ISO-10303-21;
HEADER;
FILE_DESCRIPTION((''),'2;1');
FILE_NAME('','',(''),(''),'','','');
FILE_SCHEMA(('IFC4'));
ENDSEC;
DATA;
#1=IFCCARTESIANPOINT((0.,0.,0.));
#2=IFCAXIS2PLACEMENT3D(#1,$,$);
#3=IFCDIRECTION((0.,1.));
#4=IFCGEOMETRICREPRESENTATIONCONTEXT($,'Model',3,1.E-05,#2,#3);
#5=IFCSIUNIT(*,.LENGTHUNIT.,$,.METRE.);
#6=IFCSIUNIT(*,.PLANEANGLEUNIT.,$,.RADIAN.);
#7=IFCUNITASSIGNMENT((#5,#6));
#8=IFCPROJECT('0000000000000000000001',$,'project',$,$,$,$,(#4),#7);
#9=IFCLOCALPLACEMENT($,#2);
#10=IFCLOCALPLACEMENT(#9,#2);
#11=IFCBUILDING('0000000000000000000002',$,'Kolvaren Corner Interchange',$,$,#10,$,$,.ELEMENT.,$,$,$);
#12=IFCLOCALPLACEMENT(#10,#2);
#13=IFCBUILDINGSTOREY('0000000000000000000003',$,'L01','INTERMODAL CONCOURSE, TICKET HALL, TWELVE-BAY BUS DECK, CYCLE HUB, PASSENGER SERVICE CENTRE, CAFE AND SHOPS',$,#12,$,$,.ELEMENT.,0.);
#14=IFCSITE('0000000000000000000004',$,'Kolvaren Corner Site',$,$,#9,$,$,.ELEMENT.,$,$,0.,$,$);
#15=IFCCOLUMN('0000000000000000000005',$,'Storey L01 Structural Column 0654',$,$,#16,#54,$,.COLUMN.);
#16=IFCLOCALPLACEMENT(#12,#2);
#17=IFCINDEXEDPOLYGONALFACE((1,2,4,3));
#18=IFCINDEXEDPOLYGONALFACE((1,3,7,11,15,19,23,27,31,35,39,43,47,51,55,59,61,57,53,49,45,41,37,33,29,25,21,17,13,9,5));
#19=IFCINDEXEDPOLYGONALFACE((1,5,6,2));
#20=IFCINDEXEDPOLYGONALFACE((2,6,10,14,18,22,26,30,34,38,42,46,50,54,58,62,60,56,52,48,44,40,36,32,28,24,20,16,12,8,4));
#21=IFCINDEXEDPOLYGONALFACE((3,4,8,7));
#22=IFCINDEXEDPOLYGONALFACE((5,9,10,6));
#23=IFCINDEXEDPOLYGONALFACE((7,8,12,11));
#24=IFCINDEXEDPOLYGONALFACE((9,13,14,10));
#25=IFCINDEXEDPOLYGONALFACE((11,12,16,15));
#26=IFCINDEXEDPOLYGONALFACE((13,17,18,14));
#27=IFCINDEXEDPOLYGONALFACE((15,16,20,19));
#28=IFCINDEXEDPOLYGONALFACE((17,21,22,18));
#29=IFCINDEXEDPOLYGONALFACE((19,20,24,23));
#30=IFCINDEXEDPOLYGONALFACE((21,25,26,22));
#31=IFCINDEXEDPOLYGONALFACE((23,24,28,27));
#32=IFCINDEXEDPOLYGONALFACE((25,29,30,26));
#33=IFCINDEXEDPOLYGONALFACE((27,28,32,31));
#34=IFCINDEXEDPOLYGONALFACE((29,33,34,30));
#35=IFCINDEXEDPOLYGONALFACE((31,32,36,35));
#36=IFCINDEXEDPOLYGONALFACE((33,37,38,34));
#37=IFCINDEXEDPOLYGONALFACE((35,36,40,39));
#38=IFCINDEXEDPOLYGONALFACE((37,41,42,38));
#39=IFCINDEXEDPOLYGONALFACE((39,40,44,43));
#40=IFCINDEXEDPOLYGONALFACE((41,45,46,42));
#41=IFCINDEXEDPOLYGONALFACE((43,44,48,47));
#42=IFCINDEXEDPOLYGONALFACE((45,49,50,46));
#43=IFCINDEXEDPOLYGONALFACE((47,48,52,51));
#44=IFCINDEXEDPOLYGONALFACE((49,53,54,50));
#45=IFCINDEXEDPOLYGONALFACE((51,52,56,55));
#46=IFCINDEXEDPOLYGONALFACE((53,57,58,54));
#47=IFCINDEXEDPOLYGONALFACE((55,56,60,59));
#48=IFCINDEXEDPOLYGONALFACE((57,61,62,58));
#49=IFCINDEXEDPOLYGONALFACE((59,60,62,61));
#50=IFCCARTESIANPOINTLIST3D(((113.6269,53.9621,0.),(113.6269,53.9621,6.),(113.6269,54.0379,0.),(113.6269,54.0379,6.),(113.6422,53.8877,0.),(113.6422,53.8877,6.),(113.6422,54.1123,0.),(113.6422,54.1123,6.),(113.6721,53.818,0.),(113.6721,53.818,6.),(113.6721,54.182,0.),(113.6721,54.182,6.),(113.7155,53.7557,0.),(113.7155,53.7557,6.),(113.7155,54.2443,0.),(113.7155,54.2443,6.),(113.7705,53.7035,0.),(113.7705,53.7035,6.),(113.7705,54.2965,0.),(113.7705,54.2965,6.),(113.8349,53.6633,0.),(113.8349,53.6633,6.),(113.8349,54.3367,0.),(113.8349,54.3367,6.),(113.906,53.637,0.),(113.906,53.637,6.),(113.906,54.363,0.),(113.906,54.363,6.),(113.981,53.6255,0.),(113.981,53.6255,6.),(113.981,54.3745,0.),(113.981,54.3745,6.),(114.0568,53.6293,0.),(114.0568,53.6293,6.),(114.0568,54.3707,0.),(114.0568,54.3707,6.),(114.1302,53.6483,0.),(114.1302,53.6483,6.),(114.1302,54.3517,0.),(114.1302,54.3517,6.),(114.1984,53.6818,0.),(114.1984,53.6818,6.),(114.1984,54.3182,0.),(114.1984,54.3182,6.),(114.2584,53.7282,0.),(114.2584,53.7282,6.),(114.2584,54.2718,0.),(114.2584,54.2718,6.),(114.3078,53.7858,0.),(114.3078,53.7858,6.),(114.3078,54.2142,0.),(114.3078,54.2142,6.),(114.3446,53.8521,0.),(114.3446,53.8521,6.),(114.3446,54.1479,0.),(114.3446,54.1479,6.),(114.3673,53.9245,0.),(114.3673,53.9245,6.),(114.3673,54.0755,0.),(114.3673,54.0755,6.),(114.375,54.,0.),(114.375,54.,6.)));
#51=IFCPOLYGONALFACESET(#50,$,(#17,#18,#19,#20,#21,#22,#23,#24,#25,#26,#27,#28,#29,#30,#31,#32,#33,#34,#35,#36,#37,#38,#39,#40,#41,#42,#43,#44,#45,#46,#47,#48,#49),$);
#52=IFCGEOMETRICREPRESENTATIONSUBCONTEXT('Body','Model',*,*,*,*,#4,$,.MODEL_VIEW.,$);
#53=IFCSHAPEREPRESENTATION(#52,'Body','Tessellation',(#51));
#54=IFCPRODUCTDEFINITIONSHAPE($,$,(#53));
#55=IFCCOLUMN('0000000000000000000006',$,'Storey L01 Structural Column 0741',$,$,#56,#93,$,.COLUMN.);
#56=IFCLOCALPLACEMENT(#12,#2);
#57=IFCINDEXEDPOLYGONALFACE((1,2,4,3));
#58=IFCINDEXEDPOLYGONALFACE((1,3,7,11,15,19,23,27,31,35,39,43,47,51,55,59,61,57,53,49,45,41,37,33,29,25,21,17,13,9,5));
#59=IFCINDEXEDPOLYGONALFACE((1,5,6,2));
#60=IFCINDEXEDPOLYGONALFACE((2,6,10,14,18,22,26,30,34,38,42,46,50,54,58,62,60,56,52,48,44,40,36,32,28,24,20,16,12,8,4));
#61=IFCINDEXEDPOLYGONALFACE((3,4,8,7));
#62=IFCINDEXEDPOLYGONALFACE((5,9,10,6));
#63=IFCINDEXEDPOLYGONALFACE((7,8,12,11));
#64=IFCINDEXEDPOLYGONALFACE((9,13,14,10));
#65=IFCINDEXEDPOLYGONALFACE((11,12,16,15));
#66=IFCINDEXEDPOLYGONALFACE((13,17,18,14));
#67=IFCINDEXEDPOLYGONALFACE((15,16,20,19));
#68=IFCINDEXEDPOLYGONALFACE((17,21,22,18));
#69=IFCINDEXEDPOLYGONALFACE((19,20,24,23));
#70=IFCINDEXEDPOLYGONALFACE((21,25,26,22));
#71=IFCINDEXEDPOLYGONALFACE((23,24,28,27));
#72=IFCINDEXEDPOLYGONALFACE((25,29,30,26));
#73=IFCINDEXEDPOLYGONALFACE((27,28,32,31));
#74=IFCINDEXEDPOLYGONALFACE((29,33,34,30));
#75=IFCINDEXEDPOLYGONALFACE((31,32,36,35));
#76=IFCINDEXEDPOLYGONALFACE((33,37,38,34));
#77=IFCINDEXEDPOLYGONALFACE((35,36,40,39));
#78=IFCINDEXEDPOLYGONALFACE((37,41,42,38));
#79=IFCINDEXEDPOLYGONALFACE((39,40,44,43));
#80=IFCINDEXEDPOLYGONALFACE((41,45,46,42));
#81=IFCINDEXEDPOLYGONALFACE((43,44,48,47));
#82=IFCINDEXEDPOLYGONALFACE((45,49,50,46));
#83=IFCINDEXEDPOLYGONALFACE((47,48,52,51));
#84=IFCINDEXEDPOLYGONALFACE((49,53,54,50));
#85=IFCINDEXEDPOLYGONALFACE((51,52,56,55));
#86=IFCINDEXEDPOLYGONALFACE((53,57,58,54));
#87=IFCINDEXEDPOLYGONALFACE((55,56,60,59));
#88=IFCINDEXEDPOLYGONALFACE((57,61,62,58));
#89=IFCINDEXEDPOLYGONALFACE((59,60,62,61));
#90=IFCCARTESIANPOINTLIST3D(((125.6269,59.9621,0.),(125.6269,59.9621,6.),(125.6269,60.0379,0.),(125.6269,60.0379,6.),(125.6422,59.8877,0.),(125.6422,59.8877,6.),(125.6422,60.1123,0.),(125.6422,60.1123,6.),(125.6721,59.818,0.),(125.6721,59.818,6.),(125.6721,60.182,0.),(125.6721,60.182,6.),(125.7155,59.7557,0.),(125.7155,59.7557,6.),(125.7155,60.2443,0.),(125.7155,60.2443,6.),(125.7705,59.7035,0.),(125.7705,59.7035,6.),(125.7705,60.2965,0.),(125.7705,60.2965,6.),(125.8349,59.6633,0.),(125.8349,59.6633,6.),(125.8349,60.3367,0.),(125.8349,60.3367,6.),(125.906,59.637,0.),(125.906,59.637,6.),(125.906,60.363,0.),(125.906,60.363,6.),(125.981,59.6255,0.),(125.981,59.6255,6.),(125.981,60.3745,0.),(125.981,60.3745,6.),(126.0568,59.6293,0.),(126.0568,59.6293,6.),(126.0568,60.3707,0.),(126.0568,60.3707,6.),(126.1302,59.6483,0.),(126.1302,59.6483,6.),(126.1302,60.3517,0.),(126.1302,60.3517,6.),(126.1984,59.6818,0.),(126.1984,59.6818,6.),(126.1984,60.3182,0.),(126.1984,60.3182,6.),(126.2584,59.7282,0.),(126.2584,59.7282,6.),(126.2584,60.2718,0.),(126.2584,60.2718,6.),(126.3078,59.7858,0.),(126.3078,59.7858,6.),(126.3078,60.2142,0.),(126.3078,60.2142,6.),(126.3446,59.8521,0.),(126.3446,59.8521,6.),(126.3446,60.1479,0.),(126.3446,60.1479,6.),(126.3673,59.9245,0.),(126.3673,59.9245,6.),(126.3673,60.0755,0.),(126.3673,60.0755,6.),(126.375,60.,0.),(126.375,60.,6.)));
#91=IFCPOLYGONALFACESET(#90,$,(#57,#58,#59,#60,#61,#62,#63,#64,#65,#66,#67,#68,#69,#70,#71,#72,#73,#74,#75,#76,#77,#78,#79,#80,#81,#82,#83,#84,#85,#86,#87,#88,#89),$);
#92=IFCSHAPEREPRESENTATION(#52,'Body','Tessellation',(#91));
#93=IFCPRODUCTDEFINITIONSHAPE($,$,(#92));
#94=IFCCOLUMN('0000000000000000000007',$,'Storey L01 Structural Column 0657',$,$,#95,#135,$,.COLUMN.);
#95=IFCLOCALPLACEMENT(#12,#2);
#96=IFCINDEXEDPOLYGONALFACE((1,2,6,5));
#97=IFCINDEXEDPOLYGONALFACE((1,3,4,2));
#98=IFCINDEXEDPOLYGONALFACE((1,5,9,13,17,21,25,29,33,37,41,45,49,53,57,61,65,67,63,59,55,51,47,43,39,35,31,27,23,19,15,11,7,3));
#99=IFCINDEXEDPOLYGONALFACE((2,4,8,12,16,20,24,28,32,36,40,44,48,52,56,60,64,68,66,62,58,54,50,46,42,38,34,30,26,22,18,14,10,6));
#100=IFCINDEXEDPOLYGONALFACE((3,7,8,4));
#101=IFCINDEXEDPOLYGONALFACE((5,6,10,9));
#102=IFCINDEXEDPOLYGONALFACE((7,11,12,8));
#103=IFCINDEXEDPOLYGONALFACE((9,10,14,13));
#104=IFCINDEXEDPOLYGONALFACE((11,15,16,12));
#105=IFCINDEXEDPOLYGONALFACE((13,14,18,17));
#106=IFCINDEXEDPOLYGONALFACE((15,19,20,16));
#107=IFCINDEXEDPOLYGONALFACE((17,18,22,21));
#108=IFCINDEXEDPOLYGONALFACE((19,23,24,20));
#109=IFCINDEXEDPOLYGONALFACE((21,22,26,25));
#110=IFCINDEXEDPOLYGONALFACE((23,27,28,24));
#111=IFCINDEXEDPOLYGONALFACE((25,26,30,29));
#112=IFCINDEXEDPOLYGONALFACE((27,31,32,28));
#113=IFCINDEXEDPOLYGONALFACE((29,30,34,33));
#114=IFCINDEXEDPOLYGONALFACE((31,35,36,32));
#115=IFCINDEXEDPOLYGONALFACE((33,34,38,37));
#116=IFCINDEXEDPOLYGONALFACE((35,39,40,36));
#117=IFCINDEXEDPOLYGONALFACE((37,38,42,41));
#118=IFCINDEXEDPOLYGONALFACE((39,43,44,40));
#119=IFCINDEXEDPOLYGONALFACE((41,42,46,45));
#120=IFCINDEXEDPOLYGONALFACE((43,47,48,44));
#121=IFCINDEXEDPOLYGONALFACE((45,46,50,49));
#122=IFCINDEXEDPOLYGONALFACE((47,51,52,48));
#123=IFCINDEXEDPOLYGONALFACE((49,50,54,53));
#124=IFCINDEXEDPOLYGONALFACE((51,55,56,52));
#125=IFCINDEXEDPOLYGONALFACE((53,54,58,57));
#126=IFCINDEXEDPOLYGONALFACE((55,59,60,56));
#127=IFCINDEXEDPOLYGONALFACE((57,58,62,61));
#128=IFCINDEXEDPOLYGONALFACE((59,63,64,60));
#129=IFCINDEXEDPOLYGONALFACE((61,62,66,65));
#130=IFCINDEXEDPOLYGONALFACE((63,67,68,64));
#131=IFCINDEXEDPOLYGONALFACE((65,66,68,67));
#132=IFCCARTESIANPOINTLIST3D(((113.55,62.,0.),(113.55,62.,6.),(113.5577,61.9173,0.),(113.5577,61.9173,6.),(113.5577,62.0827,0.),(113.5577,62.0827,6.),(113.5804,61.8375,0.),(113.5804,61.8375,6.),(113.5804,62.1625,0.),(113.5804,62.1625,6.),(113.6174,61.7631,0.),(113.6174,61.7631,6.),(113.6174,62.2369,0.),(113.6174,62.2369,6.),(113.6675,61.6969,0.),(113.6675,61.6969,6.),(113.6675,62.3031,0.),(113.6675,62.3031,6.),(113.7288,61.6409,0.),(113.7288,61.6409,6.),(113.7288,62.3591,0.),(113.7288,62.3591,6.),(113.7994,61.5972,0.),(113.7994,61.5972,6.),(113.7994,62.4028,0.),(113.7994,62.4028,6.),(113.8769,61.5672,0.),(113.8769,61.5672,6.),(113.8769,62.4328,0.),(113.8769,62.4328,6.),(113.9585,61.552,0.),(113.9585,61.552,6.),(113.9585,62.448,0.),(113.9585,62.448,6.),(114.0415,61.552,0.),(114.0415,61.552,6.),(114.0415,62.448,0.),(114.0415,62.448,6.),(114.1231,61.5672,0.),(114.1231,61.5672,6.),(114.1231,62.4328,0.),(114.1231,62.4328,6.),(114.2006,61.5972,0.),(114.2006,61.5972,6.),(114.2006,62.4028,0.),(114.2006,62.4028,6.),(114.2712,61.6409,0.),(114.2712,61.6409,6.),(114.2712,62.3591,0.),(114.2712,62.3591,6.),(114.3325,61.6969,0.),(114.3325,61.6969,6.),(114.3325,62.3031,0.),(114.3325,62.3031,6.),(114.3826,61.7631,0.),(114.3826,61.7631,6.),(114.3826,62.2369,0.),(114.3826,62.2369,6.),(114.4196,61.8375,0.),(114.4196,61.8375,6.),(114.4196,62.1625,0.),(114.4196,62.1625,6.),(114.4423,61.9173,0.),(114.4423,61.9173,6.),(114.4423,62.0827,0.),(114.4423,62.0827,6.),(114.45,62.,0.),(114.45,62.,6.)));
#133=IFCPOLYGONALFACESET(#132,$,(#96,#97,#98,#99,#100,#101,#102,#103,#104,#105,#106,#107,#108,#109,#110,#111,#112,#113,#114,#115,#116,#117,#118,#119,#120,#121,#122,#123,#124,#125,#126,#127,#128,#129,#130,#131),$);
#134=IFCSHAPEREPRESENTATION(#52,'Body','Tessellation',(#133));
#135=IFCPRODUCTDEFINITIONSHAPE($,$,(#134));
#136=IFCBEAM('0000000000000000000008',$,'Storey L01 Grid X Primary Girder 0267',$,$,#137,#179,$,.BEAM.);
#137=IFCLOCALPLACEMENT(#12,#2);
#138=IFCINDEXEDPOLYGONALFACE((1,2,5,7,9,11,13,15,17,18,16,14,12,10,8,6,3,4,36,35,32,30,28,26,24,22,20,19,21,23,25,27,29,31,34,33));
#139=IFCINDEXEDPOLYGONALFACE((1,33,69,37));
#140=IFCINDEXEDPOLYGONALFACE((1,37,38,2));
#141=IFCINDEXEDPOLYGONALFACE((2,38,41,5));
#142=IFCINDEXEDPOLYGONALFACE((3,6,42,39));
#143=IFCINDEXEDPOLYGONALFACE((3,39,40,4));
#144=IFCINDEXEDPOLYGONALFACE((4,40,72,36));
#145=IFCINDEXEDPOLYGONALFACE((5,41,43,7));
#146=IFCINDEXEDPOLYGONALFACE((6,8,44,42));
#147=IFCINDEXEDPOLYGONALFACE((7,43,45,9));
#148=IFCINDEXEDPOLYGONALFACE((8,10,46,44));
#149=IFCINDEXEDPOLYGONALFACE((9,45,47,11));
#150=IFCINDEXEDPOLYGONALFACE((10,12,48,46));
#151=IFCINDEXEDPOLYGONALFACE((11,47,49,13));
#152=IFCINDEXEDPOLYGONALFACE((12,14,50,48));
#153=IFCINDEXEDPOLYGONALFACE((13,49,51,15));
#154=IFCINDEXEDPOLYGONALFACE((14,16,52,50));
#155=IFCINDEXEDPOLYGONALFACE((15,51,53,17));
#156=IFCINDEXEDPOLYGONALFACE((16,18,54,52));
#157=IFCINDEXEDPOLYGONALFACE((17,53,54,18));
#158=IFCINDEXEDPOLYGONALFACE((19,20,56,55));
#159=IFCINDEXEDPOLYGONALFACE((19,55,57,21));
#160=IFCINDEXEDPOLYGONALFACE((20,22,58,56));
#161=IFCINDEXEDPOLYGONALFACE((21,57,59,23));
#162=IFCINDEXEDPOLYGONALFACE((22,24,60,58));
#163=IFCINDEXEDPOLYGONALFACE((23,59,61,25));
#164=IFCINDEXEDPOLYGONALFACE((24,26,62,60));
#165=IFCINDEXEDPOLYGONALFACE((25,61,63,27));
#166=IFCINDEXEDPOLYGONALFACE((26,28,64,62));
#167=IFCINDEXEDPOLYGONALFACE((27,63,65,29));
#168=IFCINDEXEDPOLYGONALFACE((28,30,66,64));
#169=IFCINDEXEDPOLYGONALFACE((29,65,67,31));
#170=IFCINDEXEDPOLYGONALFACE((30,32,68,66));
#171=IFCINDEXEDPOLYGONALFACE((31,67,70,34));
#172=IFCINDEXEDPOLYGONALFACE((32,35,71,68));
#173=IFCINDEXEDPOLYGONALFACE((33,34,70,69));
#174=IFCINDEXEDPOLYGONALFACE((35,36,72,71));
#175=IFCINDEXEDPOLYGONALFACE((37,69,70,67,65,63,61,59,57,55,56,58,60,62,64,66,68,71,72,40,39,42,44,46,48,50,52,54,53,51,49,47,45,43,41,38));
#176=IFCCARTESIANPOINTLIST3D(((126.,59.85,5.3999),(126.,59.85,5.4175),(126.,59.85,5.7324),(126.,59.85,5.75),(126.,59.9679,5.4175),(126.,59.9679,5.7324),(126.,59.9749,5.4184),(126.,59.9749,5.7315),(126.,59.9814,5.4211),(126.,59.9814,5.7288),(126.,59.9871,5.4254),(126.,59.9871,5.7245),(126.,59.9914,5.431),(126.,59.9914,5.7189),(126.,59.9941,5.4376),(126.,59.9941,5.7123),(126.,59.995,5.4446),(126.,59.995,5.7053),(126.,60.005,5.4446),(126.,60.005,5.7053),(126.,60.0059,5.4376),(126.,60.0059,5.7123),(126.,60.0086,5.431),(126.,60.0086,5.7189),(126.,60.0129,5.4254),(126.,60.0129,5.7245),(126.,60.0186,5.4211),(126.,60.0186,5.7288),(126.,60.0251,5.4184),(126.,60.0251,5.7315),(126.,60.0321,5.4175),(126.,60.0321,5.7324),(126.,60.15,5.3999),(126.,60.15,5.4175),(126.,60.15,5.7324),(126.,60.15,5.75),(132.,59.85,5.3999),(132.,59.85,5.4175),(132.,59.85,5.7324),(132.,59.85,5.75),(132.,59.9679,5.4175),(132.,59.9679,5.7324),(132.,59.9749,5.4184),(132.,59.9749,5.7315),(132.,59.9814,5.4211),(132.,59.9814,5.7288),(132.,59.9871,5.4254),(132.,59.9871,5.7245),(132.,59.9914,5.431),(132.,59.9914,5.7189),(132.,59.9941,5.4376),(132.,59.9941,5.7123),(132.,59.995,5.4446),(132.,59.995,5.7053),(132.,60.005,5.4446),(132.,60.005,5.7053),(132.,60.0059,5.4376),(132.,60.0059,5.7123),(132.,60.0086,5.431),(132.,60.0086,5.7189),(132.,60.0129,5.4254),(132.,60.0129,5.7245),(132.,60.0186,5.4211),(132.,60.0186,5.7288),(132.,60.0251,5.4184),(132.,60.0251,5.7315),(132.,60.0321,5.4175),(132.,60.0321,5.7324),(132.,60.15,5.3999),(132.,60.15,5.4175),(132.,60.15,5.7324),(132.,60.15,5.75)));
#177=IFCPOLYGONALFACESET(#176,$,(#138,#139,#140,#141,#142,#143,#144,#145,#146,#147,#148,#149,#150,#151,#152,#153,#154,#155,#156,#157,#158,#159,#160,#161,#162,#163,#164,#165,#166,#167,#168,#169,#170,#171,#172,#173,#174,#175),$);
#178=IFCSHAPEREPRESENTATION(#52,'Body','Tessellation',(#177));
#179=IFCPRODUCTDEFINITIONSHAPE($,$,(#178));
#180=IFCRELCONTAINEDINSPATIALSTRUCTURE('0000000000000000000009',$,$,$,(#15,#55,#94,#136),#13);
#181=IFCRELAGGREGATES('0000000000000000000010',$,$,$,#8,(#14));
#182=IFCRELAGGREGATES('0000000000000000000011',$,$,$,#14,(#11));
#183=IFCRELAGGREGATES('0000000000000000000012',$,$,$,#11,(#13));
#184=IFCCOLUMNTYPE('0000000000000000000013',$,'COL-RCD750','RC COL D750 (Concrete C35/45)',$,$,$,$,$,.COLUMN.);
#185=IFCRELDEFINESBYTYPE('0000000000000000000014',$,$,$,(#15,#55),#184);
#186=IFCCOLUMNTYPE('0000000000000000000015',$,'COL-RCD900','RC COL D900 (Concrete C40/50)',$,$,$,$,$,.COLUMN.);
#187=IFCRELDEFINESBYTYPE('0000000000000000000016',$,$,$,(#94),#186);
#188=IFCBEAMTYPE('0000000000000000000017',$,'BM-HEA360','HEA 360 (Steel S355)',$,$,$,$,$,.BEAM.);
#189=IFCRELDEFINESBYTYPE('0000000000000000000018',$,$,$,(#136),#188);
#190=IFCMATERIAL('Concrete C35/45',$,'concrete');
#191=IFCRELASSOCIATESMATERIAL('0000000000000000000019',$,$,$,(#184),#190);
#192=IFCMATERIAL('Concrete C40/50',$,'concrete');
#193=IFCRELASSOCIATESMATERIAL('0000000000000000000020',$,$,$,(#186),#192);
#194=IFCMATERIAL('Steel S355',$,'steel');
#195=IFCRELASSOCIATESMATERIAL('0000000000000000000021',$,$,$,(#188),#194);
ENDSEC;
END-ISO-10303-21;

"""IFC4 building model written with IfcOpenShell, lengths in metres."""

from ifc_helpers import new_model, si_unit, direction, frame, origin, origin_2d, place, context, subcontext, project, spatial, circle, i_section, extrude, material, material_profile, profile_set, type_object, element, save


model = new_model("IFC4")

# Units and contexts
model_context = context("Model", 3, precision=1e-05, world=origin(), true_north=direction((0.0, 1.0)))
body_context = subcontext(model_context, "Body", "Model", "MODEL_VIEW")
ifc_project = project(units=[si_unit("LENGTHUNIT", "METRE"), si_unit("PLANEANGLEUNIT", "RADIAN")], contexts=[model_context])

# Site, building, storey
site_placement = place(None, origin())
site = spatial("IfcSite", under=ifc_project, at=site_placement, Name="Kolvaren Corner Site", CompositionType="ELEMENT", RefElevation=0.0)
building_placement = place(site_placement, origin())
building = spatial("IfcBuilding", under=site, at=building_placement, Name="Kolvaren Corner Interchange", CompositionType="ELEMENT")
storey_placement = place(building_placement, origin())
storey = spatial("IfcBuildingStorey", under=building, at=storey_placement, Name="L01", Description="INTERMODAL CONCOURSE, TICKET HALL, TWELVE-BAY BUS DECK, CYCLE HUB, PASSENGER SERVICE CENTRE, CAFE AND SHOPS", CompositionType="ELEMENT", Elevation=0.0)

# Columns
ifc_material_1 = material(Name="Concrete C35/45", Category="concrete")
ifc_material_profile_1 = material_profile(ifc_material_1, circle(Radius=0.375, at=origin_2d()), Name="RC COL D750")
ifc_profile_set_1 = profile_set([ifc_material_profile_1], Name="Concrete C35/45")
column_type_1 = type_object("IfcColumnType", Name="COL-RCD750", Description="RC COL D750 (Concrete C35/45)", PredefinedType="COLUMN", material=ifc_profile_set_1)
for number, where, z_axis, x_axis, name in (
    (1, (114.0, 54.0, 0.0), (0.0, 0.0, 1.0), (1.0, 0.0, 0.0), "Storey L01 Structural Column 0654"),
    (2, (126.0, 60.0, 0.0), (0.0, 0.0, 1.0), (1.0, 0.0, 0.0), "Storey L01 Structural Column 0741"),
):
    element("IfcColumn", number, at=place(storey_placement, frame(where, z_axis=z_axis, x_axis=x_axis)), inside=storey, type_object=column_type_1, Name=name, PredefinedType="COLUMN", context=body_context, shape_type="SweptSolid", body=[
        extrude(circle(Radius=0.375, at=origin_2d()), origin(), (0.0, 0.0, 1.0), 6.0),
    ])
ifc_material_2 = material(Name="Concrete C40/50", Category="concrete")
ifc_material_profile_2 = material_profile(ifc_material_2, circle(Radius=0.45, at=origin_2d()), Name="RC COL D900")
ifc_profile_set_2 = profile_set([ifc_material_profile_2], Name="Concrete C40/50")
column_type_2 = type_object("IfcColumnType", Name="COL-RCD900", Description="RC COL D900 (Concrete C40/50)", PredefinedType="COLUMN", material=ifc_profile_set_2)
column_placement = place(storey_placement, frame((114.0, 62.0, 0.0), z_axis=(0.0, 0.0, 1.0), x_axis=(1.0, 0.0, 0.0)))
element("IfcColumn", 3, at=column_placement, inside=storey, type_object=column_type_2, Name="Storey L01 Structural Column 0657", PredefinedType="COLUMN", context=body_context, shape_type="SweptSolid", body=[
    extrude(circle(Radius=0.45, at=origin_2d()), origin(), (0.0, 0.0, 1.0), 6.0),
])

# Beam
ifc_material_3 = material(Name="Steel S355", Category="steel")
ifc_material_profile_3 = material_profile(ifc_material_3, i_section(OverallWidth=0.3, OverallDepth=0.3501, WebThickness=0.01, FlangeThickness=0.0176, FilletRadius=0.0271, at=origin_2d()), Name="HEA 360")
ifc_profile_set_3 = profile_set([ifc_material_profile_3], Name="Steel S355")
beam_type_1 = type_object("IfcBeamType", Name="BM-HEA360", Description="HEA 360 (Steel S355)", PredefinedType="BEAM", material=ifc_profile_set_3)
beam_1_placement = place(storey_placement, frame((126.0, 60.0, 5.575), z_axis=(1.0, 0.0, 0.0), x_axis=(0.0, 1.0, 0.0)))
element("IfcBeam", 4, at=beam_1_placement, inside=storey, type_object=beam_type_1, Name="Storey L01 Grid X Primary Girder 0267", PredefinedType="BEAM", context=body_context, shape_type="SweptSolid", body=[
    extrude(i_section(OverallWidth=0.3, OverallDepth=0.3501, WebThickness=0.01, FlangeThickness=0.0176, FilletRadius=0.0271, at=origin_2d()), origin(), (0.0, 0.0, 1.0), 6.0),
])

save(model, "model.ifc")
